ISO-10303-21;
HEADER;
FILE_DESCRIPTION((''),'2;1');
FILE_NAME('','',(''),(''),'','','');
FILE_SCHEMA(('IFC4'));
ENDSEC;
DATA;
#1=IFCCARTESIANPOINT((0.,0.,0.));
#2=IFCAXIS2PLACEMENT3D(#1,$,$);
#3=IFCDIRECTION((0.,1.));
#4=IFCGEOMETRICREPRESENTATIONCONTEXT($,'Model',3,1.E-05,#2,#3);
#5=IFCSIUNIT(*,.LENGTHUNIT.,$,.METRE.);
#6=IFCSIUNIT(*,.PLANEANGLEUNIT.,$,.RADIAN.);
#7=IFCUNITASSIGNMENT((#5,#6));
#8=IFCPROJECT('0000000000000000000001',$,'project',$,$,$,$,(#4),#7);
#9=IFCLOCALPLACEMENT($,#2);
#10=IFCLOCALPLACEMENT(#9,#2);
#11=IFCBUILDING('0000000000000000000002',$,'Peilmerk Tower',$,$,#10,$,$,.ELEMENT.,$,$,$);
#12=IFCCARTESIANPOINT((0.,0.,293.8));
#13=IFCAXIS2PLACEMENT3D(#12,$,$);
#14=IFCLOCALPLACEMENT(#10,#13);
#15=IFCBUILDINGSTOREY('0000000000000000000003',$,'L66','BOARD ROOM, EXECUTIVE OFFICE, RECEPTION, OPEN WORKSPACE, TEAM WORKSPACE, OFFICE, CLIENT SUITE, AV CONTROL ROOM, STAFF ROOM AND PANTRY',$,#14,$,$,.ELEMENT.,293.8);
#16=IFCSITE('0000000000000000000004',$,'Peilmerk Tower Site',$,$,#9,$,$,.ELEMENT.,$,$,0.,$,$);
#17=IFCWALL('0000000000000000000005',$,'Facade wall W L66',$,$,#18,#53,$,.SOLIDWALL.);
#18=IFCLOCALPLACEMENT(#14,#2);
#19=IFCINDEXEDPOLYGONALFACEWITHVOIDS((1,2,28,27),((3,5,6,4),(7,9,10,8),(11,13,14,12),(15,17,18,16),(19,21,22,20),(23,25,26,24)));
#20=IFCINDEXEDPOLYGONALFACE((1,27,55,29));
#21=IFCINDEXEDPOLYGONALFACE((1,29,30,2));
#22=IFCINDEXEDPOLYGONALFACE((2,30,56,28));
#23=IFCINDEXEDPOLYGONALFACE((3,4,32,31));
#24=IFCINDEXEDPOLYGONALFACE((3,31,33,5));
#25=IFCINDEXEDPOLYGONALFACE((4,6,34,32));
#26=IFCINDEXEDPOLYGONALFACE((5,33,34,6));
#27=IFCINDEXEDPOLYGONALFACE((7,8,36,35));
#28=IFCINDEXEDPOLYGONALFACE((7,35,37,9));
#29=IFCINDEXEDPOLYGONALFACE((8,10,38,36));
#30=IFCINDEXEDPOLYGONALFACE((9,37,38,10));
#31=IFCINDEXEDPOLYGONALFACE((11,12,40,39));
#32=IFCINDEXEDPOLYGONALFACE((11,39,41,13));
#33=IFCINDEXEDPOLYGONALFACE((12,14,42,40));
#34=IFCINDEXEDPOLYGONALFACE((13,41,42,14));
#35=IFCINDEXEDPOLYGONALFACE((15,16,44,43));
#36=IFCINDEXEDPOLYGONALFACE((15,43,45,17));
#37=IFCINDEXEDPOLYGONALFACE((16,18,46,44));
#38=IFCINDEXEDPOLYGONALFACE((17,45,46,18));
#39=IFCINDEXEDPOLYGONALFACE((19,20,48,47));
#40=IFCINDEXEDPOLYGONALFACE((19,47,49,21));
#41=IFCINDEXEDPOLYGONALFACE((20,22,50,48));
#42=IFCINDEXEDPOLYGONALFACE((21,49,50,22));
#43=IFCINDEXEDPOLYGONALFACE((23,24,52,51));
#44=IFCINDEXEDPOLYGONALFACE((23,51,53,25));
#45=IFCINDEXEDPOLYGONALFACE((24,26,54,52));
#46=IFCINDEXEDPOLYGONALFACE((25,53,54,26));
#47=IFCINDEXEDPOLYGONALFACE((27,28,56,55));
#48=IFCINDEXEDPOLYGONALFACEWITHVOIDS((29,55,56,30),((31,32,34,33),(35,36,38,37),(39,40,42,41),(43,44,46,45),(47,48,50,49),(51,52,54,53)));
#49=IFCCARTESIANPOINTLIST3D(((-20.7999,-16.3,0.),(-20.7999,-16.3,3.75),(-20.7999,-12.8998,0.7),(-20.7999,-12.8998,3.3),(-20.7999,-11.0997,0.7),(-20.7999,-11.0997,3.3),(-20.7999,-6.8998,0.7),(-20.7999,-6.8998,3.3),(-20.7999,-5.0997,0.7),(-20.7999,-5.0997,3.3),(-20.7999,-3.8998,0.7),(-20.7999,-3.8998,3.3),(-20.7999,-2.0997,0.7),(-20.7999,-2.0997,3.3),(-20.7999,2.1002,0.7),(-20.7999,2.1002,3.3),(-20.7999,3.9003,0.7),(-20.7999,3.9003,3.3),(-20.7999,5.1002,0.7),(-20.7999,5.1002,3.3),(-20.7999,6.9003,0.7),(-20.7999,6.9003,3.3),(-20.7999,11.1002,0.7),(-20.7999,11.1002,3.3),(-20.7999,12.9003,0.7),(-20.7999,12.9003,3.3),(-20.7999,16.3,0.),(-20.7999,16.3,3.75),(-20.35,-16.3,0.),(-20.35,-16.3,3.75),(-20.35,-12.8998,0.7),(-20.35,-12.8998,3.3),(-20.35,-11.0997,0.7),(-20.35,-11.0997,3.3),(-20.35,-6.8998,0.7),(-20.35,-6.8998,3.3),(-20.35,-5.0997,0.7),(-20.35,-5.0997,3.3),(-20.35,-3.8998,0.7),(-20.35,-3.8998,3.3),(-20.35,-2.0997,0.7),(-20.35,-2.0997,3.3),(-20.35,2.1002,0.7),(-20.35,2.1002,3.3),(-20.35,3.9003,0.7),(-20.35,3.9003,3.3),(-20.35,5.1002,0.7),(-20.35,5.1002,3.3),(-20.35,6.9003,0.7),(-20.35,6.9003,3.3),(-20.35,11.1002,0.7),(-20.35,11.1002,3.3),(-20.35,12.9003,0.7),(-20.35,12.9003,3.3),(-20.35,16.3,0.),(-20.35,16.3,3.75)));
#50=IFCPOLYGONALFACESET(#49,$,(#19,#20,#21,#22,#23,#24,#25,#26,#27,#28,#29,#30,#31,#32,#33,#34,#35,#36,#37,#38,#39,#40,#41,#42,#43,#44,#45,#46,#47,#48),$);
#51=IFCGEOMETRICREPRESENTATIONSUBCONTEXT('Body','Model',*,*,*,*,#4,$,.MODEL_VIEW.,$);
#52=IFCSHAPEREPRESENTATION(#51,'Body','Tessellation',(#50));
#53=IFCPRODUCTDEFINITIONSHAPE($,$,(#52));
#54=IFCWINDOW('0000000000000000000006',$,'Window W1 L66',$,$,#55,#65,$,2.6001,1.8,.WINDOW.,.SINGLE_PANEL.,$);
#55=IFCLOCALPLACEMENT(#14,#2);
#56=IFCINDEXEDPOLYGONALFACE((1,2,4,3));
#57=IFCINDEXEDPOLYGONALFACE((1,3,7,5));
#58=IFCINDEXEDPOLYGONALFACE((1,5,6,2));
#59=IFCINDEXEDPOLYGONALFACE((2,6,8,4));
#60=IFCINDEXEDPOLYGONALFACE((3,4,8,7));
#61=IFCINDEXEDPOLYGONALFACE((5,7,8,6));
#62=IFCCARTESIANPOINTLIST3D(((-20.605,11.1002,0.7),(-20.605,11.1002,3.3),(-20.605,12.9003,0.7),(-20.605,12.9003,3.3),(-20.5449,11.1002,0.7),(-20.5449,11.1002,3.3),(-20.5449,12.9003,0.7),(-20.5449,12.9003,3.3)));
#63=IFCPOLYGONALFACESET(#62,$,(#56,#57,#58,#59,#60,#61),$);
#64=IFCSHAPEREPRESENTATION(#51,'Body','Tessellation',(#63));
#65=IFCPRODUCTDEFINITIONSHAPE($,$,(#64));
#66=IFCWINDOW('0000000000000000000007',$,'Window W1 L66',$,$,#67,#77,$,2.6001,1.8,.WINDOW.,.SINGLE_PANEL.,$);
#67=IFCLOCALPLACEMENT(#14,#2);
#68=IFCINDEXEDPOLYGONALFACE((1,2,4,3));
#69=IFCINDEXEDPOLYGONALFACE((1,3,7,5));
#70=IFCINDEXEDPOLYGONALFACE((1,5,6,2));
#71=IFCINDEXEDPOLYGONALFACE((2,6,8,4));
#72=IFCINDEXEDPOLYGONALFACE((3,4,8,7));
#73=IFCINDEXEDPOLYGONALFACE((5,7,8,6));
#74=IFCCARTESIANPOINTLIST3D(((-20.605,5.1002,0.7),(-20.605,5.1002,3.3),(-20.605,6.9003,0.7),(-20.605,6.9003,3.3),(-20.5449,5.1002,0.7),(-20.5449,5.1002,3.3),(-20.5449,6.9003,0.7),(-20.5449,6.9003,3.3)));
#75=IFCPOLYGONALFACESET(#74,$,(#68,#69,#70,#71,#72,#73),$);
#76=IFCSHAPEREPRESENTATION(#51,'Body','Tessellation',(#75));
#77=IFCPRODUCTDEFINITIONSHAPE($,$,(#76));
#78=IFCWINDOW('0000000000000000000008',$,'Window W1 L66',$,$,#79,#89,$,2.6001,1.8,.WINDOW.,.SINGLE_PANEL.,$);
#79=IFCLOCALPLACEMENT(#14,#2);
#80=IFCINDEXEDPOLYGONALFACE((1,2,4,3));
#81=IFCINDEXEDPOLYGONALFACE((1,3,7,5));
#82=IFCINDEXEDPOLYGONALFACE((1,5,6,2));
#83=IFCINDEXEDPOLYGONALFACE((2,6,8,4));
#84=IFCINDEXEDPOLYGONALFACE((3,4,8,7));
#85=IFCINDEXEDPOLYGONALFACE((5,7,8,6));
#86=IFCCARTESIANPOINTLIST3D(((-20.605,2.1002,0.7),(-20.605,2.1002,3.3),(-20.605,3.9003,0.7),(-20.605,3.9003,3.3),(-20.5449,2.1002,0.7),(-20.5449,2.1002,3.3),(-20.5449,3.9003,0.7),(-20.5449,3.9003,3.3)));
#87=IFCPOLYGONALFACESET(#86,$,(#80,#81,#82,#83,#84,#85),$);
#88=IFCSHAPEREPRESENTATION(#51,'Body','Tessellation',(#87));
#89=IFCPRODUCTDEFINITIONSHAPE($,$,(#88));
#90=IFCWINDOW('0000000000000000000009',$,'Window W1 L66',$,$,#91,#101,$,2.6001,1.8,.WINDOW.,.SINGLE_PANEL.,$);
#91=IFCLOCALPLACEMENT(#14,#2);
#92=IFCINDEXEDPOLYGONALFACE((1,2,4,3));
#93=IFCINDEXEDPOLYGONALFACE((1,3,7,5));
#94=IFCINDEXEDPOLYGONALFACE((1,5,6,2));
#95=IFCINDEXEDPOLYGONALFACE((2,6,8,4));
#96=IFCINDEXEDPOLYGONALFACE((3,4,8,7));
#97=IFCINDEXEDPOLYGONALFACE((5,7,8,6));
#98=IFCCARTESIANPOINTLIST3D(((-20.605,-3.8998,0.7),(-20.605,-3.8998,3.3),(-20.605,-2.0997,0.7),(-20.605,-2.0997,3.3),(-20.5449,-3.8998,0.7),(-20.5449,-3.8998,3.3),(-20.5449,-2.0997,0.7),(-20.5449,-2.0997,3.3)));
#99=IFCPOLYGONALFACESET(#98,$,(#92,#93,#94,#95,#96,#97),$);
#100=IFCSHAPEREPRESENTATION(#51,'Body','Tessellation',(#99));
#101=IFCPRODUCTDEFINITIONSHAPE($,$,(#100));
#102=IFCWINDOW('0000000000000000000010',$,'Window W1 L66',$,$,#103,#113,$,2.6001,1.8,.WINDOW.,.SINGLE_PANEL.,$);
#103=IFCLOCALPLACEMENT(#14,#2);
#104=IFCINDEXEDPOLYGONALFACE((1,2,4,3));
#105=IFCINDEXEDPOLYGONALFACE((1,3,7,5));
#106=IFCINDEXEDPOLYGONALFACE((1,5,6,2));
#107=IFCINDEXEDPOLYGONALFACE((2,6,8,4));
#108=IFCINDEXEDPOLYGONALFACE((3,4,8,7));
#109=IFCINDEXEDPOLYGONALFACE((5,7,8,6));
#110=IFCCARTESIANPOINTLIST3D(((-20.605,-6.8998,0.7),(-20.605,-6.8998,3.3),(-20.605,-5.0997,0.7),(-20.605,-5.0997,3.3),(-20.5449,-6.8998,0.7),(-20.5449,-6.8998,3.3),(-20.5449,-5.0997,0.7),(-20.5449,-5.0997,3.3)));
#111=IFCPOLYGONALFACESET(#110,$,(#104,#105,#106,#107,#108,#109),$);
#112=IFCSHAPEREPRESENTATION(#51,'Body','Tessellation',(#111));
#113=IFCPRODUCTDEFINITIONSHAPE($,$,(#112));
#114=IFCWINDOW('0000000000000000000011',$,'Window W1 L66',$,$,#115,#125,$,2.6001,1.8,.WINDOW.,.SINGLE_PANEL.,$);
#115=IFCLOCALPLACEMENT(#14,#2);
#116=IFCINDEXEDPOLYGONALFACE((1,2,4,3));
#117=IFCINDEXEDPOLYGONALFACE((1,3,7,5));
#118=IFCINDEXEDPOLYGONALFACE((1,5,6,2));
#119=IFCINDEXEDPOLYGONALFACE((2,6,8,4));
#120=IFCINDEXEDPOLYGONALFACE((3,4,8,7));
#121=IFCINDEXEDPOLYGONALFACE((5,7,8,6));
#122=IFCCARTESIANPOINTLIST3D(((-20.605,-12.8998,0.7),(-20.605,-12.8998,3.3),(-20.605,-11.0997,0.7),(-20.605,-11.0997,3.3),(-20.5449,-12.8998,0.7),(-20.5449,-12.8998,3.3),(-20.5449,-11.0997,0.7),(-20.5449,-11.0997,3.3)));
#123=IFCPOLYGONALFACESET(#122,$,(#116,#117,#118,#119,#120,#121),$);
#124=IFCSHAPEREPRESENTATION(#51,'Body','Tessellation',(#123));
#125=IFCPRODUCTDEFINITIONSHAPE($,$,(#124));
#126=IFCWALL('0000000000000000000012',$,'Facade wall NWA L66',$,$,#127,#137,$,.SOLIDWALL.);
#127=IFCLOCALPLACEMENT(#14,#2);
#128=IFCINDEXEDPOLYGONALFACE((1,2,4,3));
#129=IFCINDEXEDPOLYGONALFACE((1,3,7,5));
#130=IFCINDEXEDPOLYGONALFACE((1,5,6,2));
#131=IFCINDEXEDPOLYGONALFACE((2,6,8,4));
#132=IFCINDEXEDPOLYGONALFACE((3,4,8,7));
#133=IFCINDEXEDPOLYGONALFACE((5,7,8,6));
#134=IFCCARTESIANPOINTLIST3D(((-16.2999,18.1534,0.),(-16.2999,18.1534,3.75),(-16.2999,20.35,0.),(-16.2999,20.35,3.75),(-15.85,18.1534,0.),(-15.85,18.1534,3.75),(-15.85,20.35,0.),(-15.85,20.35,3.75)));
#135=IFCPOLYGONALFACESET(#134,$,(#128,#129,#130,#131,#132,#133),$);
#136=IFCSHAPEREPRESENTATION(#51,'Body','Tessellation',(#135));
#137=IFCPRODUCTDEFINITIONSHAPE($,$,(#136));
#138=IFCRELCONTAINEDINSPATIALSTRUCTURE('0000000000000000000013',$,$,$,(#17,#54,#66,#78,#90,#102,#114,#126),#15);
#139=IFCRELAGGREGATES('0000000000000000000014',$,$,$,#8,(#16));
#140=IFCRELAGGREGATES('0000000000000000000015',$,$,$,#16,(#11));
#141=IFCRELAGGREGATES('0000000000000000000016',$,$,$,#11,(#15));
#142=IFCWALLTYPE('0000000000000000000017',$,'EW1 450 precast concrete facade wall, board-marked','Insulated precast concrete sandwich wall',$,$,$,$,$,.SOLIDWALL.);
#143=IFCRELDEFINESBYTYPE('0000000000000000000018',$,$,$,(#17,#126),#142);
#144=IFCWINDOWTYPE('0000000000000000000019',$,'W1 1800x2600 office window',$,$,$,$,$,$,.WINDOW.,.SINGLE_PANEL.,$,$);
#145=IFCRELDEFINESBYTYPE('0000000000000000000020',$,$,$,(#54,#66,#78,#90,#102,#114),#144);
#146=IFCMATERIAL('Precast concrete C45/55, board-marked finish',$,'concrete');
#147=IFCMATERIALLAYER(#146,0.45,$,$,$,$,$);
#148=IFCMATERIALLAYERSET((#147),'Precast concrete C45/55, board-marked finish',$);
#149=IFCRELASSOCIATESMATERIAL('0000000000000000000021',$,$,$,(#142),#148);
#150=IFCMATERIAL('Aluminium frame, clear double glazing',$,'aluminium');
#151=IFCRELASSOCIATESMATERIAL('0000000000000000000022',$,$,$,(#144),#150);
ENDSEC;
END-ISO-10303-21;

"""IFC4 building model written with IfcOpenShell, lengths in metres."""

from ifc_helpers import new_model, si_unit, direction, frame, frame_2d, origin, place, context, subcontext, project, spatial, rectangle, extrude, material, layer, layer_set, type_object, element, fill, save


model = new_model("IFC4")

# Units and contexts
model_context = context("Model", 3, precision=1e-05, world=origin(), true_north=direction((0.0, 1.0)))
body_context = subcontext(model_context, "Body", "Model", "MODEL_VIEW")
ifc_project = project(units=[si_unit("LENGTHUNIT", "METRE"), si_unit("PLANEANGLEUNIT", "RADIAN")], contexts=[model_context])

# Site, building, storey
site_placement = place(None, origin())
site = spatial("IfcSite", under=ifc_project, at=site_placement, Name="Peilmerk Tower Site", CompositionType="ELEMENT", RefElevation=0.0)
building_placement = place(site_placement, origin())
building = spatial("IfcBuilding", under=site, at=building_placement, Name="Peilmerk Tower", CompositionType="ELEMENT")
storey_placement = place(building_placement, frame((0.0, 0.0, 293.8)))
storey = spatial("IfcBuildingStorey", under=building, at=storey_placement, Name="L66", Description="BOARD ROOM, EXECUTIVE OFFICE, RECEPTION, OPEN WORKSPACE, TEAM WORKSPACE, OFFICE, CLIENT SUITE, AV CONTROL ROOM, STAFF ROOM AND PANTRY", CompositionType="ELEMENT", Elevation=293.8)

# Wall, openings, windows
ifc_material_1 = material(Name="Precast concrete C45/55, board-marked finish", Category="concrete")
ifc_layer_1 = layer(ifc_material_1, 0.45)
ifc_layer_set_1 = layer_set([ifc_layer_1], Name="Precast concrete C45/55, board-marked finish")
wall_type = type_object("IfcWallType", Name="EW1 450 precast concrete facade wall, board-marked", Description="Insulated precast concrete sandwich wall", PredefinedType="SOLIDWALL", material=ifc_layer_set_1)
wall_1_placement = place(storey_placement, frame((-20.575, 16.3, 0.0), z_axis=(0.0, 0.0, 1.0), x_axis=(0.0, -1.0, 0.0)))
wall_1 = element("IfcWall", 1, at=wall_1_placement, inside=storey, type_object=wall_type, Name="Facade wall W L66", PredefinedType="SOLIDWALL", context=body_context, shape_type="SweptSolid", body=[
    extrude(rectangle(XDim=32.6001, YDim=0.45, at=frame_2d((16.3, 0.0))), origin(), (0.0, 0.0, 1.0), 3.75),
])
opening_1_placement = place(wall_1_placement, frame((3.3999, 0.0, 0.7)))
opening_1 = element("IfcOpeningElement", 2, at=opening_1_placement, cuts=wall_1, PredefinedType="OPENING", context=body_context, shape_type="SweptSolid", body=[
    extrude(rectangle(XDim=1.8, YDim=2.6001, at=frame_2d((0.8999, 1.3))), frame((0.0, 0.2349, 0.0), z_axis=(0.0, -1.0, 0.0), x_axis=(1.0, 0.0, 0.0)), (0.0, 0.0, 1.0), 0.47),
])
opening_2_placement = place(wall_1_placement, frame((9.3999, 0.0, 0.7)))
opening_2 = element("IfcOpeningElement", 3, at=opening_2_placement, cuts=wall_1, PredefinedType="OPENING", context=body_context, shape_type="SweptSolid", body=[
    extrude(rectangle(XDim=1.8, YDim=2.6001, at=frame_2d((0.8999, 1.3))), frame((0.0, 0.2349, 0.0), z_axis=(0.0, -1.0, 0.0), x_axis=(1.0, 0.0, 0.0)), (0.0, 0.0, 1.0), 0.47),
])
opening_3_placement = place(wall_1_placement, frame((12.3999, 0.0, 0.7)))
opening_3 = element("IfcOpeningElement", 4, at=opening_3_placement, cuts=wall_1, PredefinedType="OPENING", context=body_context, shape_type="SweptSolid", body=[
    extrude(rectangle(XDim=1.8, YDim=2.6001, at=frame_2d((0.8999, 1.3))), frame((0.0, 0.2349, 0.0), z_axis=(0.0, -1.0, 0.0), x_axis=(1.0, 0.0, 0.0)), (0.0, 0.0, 1.0), 0.47),
])
opening_4_placement = place(wall_1_placement, frame((18.3999, 0.0, 0.7)))
opening_4 = element("IfcOpeningElement", 5, at=opening_4_placement, cuts=wall_1, PredefinedType="OPENING", context=body_context, shape_type="SweptSolid", body=[
    extrude(rectangle(XDim=1.8, YDim=2.6001, at=frame_2d((0.8999, 1.3))), frame((0.0, 0.2349, 0.0), z_axis=(0.0, -1.0, 0.0), x_axis=(1.0, 0.0, 0.0)), (0.0, 0.0, 1.0), 0.47),
])
opening_5_placement = place(wall_1_placement, frame((21.3999, 0.0, 0.7)))
opening_5 = element("IfcOpeningElement", 6, at=opening_5_placement, cuts=wall_1, PredefinedType="OPENING", context=body_context, shape_type="SweptSolid", body=[
    extrude(rectangle(XDim=1.8, YDim=2.6001, at=frame_2d((0.8999, 1.3))), frame((0.0, 0.2349, 0.0), z_axis=(0.0, -1.0, 0.0), x_axis=(1.0, 0.0, 0.0)), (0.0, 0.0, 1.0), 0.47),
])
opening_6_placement = place(wall_1_placement, frame((27.3999, 0.0, 0.7)))
opening_6 = element("IfcOpeningElement", 7, at=opening_6_placement, cuts=wall_1, PredefinedType="OPENING", context=body_context, shape_type="SweptSolid", body=[
    extrude(rectangle(XDim=1.8, YDim=2.6001, at=frame_2d((0.8999, 1.3))), frame((0.0, 0.2349, 0.0), z_axis=(0.0, -1.0, 0.0), x_axis=(1.0, 0.0, 0.0)), (0.0, 0.0, 1.0), 0.47),
])
ifc_material_2 = material(Name="Aluminium frame, clear double glazing", Category="aluminium")
window_type = type_object("IfcWindowType", Name="W1 1800x2600 office window", PartitioningType="SINGLE_PANEL", PredefinedType="WINDOW", material=ifc_material_2)
window_1_placement = place(opening_1_placement, origin())
window_1 = element("IfcWindow", 8, at=window_1_placement, inside=storey, type_object=window_type, Name="Window W1 L66", OverallHeight=2.6001, OverallWidth=1.8, PartitioningType="SINGLE_PANEL", PredefinedType="WINDOW", context=body_context, shape_type="SweptSolid", body=[
    extrude(rectangle(XDim=1.8, YDim=2.6001, at=frame_2d((0.8999, 1.3))), frame((0.0, 0.03, 0.0), z_axis=(0.0, -1.0, 0.0), x_axis=(1.0, 0.0, 0.0)), (0.0, 0.0, 1.0), 0.0601),
])
fill(opening_1, window_1)
window_2_placement = place(opening_2_placement, origin())
window_2 = element("IfcWindow", 9, at=window_2_placement, inside=storey, type_object=window_type, Name="Window W1 L66", OverallHeight=2.6001, OverallWidth=1.8, PartitioningType="SINGLE_PANEL", PredefinedType="WINDOW", context=body_context, shape_type="SweptSolid", body=[
    extrude(rectangle(XDim=1.8, YDim=2.6001, at=frame_2d((0.8999, 1.3))), frame((0.0, 0.03, 0.0), z_axis=(0.0, -1.0, 0.0), x_axis=(1.0, 0.0, 0.0)), (0.0, 0.0, 1.0), 0.0601),
])
fill(opening_2, window_2)
window_3_placement = place(opening_3_placement, origin())
window_3 = element("IfcWindow", 10, at=window_3_placement, inside=storey, type_object=window_type, Name="Window W1 L66", OverallHeight=2.6001, OverallWidth=1.8, PartitioningType="SINGLE_PANEL", PredefinedType="WINDOW", context=body_context, shape_type="SweptSolid", body=[
    extrude(rectangle(XDim=1.8, YDim=2.6001, at=frame_2d((0.8999, 1.3))), frame((0.0, 0.03, 0.0), z_axis=(0.0, -1.0, 0.0), x_axis=(1.0, 0.0, 0.0)), (0.0, 0.0, 1.0), 0.0601),
])
fill(opening_3, window_3)
window_4_placement = place(opening_4_placement, origin())
window_4 = element("IfcWindow", 11, at=window_4_placement, inside=storey, type_object=window_type, Name="Window W1 L66", OverallHeight=2.6001, OverallWidth=1.8, PartitioningType="SINGLE_PANEL", PredefinedType="WINDOW", context=body_context, shape_type="SweptSolid", body=[
    extrude(rectangle(XDim=1.8, YDim=2.6001, at=frame_2d((0.8999, 1.3))), frame((0.0, 0.03, 0.0), z_axis=(0.0, -1.0, 0.0), x_axis=(1.0, 0.0, 0.0)), (0.0, 0.0, 1.0), 0.0601),
])
fill(opening_4, window_4)
window_5_placement = place(opening_5_placement, origin())
window_5 = element("IfcWindow", 12, at=window_5_placement, inside=storey, type_object=window_type, Name="Window W1 L66", OverallHeight=2.6001, OverallWidth=1.8, PartitioningType="SINGLE_PANEL", PredefinedType="WINDOW", context=body_context, shape_type="SweptSolid", body=[
    extrude(rectangle(XDim=1.8, YDim=2.6001, at=frame_2d((0.8999, 1.3))), frame((0.0, 0.03, 0.0), z_axis=(0.0, -1.0, 0.0), x_axis=(1.0, 0.0, 0.0)), (0.0, 0.0, 1.0), 0.0601),
])
fill(opening_5, window_5)
window_6_placement = place(opening_6_placement, origin())
window_6 = element("IfcWindow", 13, at=window_6_placement, inside=storey, type_object=window_type, Name="Window W1 L66", OverallHeight=2.6001, OverallWidth=1.8, PartitioningType="SINGLE_PANEL", PredefinedType="WINDOW", context=body_context, shape_type="SweptSolid", body=[
    extrude(rectangle(XDim=1.8, YDim=2.6001, at=frame_2d((0.8999, 1.3))), frame((0.0, 0.03, 0.0), z_axis=(0.0, -1.0, 0.0), x_axis=(1.0, 0.0, 0.0)), (0.0, 0.0, 1.0), 0.0601),
])
fill(opening_6, window_6)

# Wall
wall_2_placement = place(storey_placement, frame((-16.075, 18.1536, 0.0), z_axis=(0.0, 0.0, 1.0), x_axis=(0.0, 1.0, 0.0)))
element("IfcWall", 14, at=wall_2_placement, inside=storey, type_object=wall_type, Name="Facade wall NWA L66", PredefinedType="SOLIDWALL", context=body_context, shape_type="SweptSolid", body=[
    extrude(rectangle(XDim=2.1965, YDim=0.45, at=frame_2d((1.0981, 0.0))), origin(), (0.0, 0.0, 1.0), 3.75),
])

save(model, "model.ifc")
